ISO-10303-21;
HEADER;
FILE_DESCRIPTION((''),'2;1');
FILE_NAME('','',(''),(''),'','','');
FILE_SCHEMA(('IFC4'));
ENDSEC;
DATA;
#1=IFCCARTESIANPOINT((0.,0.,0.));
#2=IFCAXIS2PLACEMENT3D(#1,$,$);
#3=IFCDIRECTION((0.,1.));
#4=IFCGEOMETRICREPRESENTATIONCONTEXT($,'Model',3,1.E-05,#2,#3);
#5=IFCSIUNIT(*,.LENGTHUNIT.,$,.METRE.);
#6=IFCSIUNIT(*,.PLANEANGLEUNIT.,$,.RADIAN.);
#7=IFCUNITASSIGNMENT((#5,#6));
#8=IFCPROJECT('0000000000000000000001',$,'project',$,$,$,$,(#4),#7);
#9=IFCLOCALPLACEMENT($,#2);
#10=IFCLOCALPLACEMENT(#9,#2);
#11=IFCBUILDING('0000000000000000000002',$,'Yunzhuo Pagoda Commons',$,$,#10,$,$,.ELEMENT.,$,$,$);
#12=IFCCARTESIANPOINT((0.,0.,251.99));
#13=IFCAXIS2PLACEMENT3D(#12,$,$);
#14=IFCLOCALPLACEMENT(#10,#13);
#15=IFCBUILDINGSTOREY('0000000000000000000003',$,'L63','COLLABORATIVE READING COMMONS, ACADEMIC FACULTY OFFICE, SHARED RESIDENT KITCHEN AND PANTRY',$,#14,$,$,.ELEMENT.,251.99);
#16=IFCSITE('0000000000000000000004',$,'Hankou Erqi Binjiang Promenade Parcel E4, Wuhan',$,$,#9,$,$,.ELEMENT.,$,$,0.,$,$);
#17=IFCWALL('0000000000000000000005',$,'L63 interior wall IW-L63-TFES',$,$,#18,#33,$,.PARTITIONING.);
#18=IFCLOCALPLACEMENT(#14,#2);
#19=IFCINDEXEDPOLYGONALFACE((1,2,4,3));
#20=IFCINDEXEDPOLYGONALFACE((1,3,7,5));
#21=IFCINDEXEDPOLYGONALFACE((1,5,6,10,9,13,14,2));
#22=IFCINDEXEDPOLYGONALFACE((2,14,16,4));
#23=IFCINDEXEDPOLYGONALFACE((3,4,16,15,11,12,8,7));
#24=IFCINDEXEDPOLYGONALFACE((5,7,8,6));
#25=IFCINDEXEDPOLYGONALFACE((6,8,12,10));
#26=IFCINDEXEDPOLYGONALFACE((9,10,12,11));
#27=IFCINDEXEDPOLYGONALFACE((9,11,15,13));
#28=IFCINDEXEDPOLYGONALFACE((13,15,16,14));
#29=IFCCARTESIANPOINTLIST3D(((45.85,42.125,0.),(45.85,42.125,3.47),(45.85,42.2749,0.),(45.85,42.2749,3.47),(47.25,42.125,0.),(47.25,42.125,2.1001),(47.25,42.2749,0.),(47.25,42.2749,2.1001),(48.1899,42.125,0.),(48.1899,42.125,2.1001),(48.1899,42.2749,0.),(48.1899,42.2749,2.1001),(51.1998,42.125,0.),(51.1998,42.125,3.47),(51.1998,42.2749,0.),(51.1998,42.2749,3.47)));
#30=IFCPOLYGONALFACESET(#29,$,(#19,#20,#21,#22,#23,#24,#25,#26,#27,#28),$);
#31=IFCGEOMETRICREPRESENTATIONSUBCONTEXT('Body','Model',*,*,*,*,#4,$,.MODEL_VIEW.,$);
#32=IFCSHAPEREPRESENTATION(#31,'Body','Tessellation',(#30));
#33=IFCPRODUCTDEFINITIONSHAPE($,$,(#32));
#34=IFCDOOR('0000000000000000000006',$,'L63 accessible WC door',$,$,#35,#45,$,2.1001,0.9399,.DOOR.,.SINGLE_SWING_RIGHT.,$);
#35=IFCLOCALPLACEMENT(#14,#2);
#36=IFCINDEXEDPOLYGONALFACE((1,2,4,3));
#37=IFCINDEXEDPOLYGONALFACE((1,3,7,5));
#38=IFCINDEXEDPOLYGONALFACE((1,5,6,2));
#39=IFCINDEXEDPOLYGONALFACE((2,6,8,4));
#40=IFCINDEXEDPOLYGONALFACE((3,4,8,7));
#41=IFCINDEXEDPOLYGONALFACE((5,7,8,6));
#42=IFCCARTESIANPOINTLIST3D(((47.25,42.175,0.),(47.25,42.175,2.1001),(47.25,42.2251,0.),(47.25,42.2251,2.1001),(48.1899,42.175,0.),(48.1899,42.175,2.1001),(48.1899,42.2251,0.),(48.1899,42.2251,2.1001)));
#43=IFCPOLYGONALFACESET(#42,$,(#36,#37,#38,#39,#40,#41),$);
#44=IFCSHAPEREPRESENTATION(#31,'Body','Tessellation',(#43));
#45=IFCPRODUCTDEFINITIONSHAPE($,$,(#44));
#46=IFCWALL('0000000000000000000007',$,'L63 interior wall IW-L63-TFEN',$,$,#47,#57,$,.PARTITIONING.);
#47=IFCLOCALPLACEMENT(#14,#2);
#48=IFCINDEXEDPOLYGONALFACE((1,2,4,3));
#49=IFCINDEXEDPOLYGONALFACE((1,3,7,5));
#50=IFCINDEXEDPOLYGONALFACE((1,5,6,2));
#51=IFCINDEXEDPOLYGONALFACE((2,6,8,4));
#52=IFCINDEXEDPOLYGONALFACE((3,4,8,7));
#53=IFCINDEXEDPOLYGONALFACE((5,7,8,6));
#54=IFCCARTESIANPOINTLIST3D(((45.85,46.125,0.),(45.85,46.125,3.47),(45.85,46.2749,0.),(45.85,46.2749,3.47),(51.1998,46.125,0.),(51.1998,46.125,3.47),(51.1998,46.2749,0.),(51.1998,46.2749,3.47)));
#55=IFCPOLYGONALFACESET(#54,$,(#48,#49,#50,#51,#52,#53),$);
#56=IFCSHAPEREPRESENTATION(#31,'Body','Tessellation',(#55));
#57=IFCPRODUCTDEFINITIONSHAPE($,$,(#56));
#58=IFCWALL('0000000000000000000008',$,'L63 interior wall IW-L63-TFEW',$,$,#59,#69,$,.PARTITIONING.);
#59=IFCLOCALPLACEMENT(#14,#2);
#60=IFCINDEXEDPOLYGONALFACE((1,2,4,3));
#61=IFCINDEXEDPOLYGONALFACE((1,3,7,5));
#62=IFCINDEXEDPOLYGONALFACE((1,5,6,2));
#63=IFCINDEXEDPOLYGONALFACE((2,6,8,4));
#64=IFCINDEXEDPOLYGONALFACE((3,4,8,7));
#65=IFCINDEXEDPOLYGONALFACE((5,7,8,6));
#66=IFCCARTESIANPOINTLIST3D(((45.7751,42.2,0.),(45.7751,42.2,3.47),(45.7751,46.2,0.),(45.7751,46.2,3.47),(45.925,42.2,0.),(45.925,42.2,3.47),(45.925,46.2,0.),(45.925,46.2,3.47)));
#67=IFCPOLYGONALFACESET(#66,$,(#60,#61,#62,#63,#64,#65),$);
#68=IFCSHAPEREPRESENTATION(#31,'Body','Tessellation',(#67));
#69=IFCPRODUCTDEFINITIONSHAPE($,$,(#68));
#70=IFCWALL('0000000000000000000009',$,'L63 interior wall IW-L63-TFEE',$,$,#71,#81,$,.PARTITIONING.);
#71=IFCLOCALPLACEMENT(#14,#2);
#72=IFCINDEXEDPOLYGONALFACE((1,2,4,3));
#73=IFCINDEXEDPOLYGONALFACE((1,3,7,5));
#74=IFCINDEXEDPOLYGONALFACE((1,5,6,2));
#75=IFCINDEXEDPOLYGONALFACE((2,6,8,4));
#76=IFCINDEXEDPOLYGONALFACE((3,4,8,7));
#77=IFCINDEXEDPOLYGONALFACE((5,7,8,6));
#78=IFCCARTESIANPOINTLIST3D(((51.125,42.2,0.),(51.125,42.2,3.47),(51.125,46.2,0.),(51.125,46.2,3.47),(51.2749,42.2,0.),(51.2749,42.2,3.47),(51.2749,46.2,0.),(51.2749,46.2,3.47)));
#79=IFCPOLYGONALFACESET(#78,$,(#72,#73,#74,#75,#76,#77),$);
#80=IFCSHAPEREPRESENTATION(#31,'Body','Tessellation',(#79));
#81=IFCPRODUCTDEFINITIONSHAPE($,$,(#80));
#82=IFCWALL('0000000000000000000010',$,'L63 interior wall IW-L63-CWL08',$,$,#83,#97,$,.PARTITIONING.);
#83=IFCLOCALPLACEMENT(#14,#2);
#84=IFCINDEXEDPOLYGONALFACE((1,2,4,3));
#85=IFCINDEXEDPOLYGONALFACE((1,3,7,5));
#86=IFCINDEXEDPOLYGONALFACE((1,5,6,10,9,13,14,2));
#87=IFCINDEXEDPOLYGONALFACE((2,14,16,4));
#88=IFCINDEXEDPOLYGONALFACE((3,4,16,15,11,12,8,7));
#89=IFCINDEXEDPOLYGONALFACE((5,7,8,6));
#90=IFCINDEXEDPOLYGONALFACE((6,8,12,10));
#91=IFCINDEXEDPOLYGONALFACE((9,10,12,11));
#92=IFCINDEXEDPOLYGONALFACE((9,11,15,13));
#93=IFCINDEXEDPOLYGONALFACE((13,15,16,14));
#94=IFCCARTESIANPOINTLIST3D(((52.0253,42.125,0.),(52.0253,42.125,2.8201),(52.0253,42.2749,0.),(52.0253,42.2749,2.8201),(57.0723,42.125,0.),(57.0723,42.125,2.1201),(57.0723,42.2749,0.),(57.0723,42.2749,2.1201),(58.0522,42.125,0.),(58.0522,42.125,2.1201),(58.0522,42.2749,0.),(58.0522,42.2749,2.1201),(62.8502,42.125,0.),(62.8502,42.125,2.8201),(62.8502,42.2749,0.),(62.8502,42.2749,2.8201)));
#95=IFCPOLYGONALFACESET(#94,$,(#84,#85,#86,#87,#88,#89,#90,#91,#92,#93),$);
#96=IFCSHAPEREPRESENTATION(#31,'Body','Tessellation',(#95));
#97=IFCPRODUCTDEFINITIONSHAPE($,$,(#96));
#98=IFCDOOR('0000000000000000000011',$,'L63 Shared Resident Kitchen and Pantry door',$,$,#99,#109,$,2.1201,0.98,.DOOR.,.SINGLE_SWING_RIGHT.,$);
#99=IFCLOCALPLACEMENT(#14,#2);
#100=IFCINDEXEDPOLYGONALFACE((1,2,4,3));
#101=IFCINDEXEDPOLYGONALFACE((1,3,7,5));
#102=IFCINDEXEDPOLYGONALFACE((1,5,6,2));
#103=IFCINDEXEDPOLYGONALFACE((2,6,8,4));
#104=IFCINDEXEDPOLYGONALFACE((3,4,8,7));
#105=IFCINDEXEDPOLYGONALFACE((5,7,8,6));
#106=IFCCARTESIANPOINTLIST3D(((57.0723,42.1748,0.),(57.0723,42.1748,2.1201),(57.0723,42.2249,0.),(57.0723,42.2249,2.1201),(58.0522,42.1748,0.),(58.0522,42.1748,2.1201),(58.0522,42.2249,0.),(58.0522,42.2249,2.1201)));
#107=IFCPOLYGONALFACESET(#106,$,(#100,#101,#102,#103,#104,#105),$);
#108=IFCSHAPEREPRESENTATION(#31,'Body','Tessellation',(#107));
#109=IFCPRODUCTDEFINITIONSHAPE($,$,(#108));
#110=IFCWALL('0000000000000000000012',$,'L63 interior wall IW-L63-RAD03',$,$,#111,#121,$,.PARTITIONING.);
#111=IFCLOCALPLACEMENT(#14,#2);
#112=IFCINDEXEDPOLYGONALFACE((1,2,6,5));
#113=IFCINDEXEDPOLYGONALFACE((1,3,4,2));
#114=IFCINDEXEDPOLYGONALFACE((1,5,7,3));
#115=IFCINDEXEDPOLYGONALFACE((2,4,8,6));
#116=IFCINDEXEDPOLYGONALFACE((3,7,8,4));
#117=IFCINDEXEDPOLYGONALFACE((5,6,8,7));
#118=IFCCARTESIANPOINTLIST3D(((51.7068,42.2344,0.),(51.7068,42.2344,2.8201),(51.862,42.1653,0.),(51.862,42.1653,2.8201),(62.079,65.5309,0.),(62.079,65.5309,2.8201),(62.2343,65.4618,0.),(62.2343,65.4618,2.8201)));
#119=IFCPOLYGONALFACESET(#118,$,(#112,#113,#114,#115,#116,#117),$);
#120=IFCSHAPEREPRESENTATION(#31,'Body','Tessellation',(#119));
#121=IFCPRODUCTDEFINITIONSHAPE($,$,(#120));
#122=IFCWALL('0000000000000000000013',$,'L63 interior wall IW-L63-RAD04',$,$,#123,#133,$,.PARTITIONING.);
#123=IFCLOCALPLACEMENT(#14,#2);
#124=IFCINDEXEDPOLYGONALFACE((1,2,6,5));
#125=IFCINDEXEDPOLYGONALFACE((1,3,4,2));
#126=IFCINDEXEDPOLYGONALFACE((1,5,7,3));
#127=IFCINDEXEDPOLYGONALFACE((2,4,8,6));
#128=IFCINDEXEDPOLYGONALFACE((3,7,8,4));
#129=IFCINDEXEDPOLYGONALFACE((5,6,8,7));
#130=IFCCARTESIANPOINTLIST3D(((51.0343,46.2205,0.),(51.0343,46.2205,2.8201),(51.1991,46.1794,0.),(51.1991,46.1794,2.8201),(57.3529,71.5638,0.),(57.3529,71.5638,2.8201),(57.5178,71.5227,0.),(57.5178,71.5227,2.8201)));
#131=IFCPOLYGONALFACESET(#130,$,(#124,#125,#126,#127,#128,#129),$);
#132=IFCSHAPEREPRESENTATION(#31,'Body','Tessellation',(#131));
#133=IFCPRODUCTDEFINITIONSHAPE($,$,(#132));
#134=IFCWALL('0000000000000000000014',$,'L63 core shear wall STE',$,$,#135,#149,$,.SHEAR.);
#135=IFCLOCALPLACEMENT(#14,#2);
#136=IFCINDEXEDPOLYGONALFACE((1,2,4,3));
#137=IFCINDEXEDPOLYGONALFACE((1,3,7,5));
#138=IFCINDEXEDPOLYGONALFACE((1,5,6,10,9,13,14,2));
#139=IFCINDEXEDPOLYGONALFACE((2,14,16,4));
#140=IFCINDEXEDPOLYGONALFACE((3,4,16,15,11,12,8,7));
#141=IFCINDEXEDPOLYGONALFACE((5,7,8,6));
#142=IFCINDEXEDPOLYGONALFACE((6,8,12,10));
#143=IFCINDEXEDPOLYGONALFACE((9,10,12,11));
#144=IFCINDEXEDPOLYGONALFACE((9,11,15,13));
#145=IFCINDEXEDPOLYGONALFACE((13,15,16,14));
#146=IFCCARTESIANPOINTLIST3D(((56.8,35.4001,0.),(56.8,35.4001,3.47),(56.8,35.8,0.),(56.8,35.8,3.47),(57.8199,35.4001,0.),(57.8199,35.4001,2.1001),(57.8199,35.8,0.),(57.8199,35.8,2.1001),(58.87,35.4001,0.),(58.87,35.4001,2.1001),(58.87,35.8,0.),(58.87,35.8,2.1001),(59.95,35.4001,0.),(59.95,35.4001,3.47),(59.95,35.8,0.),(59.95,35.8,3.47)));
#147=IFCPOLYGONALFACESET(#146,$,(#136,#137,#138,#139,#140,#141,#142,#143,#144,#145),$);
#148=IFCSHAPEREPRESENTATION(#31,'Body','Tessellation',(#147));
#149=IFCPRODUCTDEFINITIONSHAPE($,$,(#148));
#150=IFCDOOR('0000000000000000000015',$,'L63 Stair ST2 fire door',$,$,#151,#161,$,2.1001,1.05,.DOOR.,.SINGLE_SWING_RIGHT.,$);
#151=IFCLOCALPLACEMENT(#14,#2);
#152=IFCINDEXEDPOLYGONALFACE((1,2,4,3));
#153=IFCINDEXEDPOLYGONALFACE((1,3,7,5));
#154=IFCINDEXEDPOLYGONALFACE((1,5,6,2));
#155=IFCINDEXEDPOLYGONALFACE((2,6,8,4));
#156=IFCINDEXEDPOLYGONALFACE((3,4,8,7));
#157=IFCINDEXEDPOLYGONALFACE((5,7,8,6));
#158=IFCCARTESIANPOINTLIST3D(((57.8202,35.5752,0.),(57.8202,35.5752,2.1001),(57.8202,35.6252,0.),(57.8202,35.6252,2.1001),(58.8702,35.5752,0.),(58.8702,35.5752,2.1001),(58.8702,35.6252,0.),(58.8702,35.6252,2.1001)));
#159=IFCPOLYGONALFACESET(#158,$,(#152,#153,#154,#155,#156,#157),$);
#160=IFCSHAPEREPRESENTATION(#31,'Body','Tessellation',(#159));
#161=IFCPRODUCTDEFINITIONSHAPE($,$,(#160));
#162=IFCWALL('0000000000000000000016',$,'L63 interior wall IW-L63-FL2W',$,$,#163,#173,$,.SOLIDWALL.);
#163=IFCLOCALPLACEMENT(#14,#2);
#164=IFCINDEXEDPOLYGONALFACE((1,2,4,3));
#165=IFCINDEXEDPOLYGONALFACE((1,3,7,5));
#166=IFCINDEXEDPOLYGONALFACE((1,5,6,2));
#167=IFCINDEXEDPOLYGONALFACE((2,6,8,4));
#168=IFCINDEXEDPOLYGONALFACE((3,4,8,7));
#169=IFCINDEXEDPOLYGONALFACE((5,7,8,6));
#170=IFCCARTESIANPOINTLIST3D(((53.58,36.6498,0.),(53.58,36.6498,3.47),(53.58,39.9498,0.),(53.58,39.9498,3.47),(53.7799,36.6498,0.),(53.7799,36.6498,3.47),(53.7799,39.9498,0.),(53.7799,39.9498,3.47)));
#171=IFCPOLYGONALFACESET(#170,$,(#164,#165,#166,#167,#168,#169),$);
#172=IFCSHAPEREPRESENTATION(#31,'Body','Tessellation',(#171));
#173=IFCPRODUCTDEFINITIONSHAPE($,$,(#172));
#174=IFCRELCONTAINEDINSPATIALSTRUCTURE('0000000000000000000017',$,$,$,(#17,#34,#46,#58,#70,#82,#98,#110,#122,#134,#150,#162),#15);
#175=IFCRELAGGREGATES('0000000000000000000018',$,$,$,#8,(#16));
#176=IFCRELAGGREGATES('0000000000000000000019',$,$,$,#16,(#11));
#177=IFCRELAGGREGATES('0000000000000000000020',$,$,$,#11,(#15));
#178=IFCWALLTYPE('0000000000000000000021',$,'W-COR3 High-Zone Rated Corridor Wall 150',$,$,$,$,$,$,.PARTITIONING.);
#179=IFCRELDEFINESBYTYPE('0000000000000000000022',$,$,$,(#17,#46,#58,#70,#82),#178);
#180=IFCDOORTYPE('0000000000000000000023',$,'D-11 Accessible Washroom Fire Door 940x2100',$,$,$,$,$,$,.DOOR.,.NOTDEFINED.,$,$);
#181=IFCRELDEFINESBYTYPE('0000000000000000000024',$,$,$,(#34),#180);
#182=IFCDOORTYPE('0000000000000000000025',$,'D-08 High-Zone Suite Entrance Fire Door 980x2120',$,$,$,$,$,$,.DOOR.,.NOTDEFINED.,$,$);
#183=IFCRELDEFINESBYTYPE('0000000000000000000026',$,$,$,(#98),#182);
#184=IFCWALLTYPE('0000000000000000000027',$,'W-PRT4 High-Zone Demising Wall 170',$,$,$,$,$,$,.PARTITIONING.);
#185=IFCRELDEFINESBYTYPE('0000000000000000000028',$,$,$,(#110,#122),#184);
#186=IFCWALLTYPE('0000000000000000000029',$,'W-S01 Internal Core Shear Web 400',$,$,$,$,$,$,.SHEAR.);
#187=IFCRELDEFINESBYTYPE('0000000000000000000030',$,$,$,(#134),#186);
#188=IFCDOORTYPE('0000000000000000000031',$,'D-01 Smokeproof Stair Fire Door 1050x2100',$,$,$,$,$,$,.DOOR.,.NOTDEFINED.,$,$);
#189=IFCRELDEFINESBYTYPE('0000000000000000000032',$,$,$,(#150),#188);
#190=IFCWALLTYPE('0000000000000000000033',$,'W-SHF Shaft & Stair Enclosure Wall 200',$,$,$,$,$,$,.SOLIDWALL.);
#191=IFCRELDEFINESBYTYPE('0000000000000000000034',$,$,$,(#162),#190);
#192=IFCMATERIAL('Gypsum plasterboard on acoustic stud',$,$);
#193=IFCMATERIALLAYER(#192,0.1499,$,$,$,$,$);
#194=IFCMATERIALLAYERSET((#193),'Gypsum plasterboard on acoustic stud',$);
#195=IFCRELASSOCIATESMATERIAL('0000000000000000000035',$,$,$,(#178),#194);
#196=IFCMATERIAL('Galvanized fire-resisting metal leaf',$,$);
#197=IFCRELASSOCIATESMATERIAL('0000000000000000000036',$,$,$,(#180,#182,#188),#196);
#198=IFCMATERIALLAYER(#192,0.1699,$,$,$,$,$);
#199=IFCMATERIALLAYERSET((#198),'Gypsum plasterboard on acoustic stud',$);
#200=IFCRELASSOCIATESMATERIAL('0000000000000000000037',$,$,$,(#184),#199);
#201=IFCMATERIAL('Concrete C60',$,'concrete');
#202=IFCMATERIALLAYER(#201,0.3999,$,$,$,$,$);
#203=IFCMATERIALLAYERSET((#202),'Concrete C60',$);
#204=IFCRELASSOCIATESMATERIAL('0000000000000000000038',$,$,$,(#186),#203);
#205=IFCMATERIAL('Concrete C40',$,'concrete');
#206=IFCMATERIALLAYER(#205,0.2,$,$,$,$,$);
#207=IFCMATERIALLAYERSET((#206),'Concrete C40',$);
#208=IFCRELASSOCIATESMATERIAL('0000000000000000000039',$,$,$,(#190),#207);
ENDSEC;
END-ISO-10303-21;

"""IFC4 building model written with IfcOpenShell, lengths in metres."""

from ifc_helpers import new_model, si_unit, direction, frame, frame_2d, origin, origin_with_axes, place, context, subcontext, project, spatial, rectangle, extrude, source, transform, mapped, material, layer, layer_set, type_object, element, fill, save


model = new_model("IFC4")

# Units and contexts
model_context = context("Model", 3, precision=1e-05, world=origin(), true_north=direction((0.0, 1.0)))
body_context = subcontext(model_context, "Body", "Model", "MODEL_VIEW")
ifc_project = project(units=[si_unit("LENGTHUNIT", "METRE"), si_unit("PLANEANGLEUNIT", "RADIAN")], contexts=[model_context])

# Site, building, storey
site_placement = place(None, origin())
site = spatial("IfcSite", under=ifc_project, at=site_placement, Name="Hankou Erqi Binjiang Promenade Parcel E4, Wuhan", CompositionType="ELEMENT", RefElevation=0.0)
building_placement = place(site_placement, origin())
building = spatial("IfcBuilding", under=site, at=building_placement, Name="Yunzhuo Pagoda Commons", CompositionType="ELEMENT")
storey_placement = place(building_placement, frame((0.0, 0.0, 251.99)))
storey = spatial("IfcBuildingStorey", under=building, at=storey_placement, Name="L63", Description="COLLABORATIVE READING COMMONS, ACADEMIC FACULTY OFFICE, SHARED RESIDENT KITCHEN AND PANTRY", CompositionType="ELEMENT", Elevation=251.99)

# Wall, opening, door
ifc_material_1 = material(Name="Galvanized fire-resisting metal leaf")
shared_shape_1 = source(origin(), body_context, "Body", "SweptSolid", [
    extrude(rectangle(XDim=1.05, YDim=2.1001, at=frame_2d((0.5249, 1.05))), frame((0.0, 0.0249, 0.0), z_axis=(0.0, -1.0, 0.0), x_axis=(1.0, 0.0, 0.0)), (0.0, 0.0, 1.0), 0.05),
])
ifc_material_2 = material(Name="Gypsum plasterboard on acoustic stud")
ifc_layer_1 = layer(ifc_material_2, 0.1499)
ifc_layer_set_1 = layer_set([ifc_layer_1], Name="Gypsum plasterboard on acoustic stud")
wall_type_1 = type_object("IfcWallType", Name="W-COR3 High-Zone Rated Corridor Wall 150", PredefinedType="PARTITIONING", material=ifc_layer_set_1)
wall_1_placement = place(storey_placement, frame((45.8501, 42.2, 0.0), z_axis=(0.0, 0.0, 1.0), x_axis=(1.0, 0.0, 0.0)))
wall_1 = element("IfcWall", 1, at=wall_1_placement, inside=storey, type_object=wall_type_1, Name="L63 interior wall IW-L63-TFES", PredefinedType="PARTITIONING", context=body_context, shape_type="SweptSolid", body=[
    extrude(rectangle(XDim=5.3499, YDim=0.1499, at=frame_2d((2.6748, 0.0))), origin(), (0.0, 0.0, 1.0), 3.47),
])
opening_1_placement = place(wall_1_placement, frame((1.3999, 0.0, 0.0)))
opening_1 = element("IfcOpeningElement", 2, at=opening_1_placement, cuts=wall_1, PredefinedType="OPENING", context=body_context, shape_type="SweptSolid", body=[
    extrude(rectangle(XDim=0.9399, YDim=2.1001, at=frame_2d((0.47, 1.05))), frame((0.0, 0.085, 0.0), z_axis=(0.0, -1.0, 0.0), x_axis=(1.0, 0.0, 0.0)), (0.0, 0.0, 1.0), 0.1699),
])
door_type_1 = type_object("IfcDoorType", Name="D-11 Accessible Washroom Fire Door 940x2100", OperationType="NOTDEFINED", PredefinedType="DOOR", material=ifc_material_1)
shared_shape_2 = source(origin(), body_context, "Body", "SweptSolid", [
    extrude(rectangle(XDim=0.9399, YDim=2.1001, at=frame_2d((0.47, 1.05))), frame((0.0, 0.0249, 0.0), z_axis=(0.0, -1.0, 0.0), x_axis=(1.0, 0.0, 0.0)), (0.0, 0.0, 1.0), 0.05),
])
door_1_placement = place(opening_1_placement, frame((0.9399, 0.0, 0.0), z_axis=(0.0, 0.0, 1.0), x_axis=(-1.0, 0.0, 0.0)))
door_1 = element("IfcDoor", 3, at=door_1_placement, inside=storey, type_object=door_type_1, Name="L63 accessible WC door", OperationType="SINGLE_SWING_RIGHT", OverallHeight=2.1001, OverallWidth=0.9399, PredefinedType="DOOR", context=body_context, shape_type="MappedRepresentation", body=[
    mapped(shared_shape_2, transform((0.0, 0.0, 0.0), scale=1.0)),
])
fill(opening_1, door_1)

# Walls
wall_2_placement = place(storey_placement, frame((45.8501, 46.2, 0.0), z_axis=(0.0, 0.0, 1.0), x_axis=(1.0, 0.0, 0.0)))
element("IfcWall", 4, at=wall_2_placement, inside=storey, type_object=wall_type_1, Name="L63 interior wall IW-L63-TFEN", PredefinedType="PARTITIONING", context=body_context, shape_type="SweptSolid", body=[
    extrude(rectangle(XDim=5.3499, YDim=0.1499, at=frame_2d((2.6748, 0.0))), origin(), (0.0, 0.0, 1.0), 3.47),
])
for number, where, z_axis, x_axis, name in (
    (5, (45.8501, 42.2, 0.0), (0.0, 0.0, 1.0), (0.0, 1.0, 0.0), "L63 interior wall IW-L63-TFEW"),
    (6, (51.2, 42.2, 0.0), (0.0, 0.0, 1.0), (0.0, 1.0, 0.0), "L63 interior wall IW-L63-TFEE"),
):
    element("IfcWall", number, at=place(storey_placement, frame(where, z_axis=z_axis, x_axis=x_axis)), inside=storey, type_object=wall_type_1, Name=name, PredefinedType="PARTITIONING", context=body_context, shape_type="SweptSolid", body=[
        extrude(rectangle(XDim=4.0, YDim=0.1499, at=frame_2d((2.0, 0.0))), origin(), (0.0, 0.0, 1.0), 3.47),
    ])

# Wall, opening, door
wall_3_placement = place(storey_placement, frame((52.0251, 42.2, 0.0), z_axis=(0.0, 0.0, 1.0), x_axis=(1.0, 0.0, 0.0)))
wall_3 = element("IfcWall", 7, at=wall_3_placement, inside=storey, type_object=wall_type_1, Name="L63 interior wall IW-L63-CWL08", PredefinedType="PARTITIONING", context=body_context, shape_type="SweptSolid", body=[
    extrude(rectangle(XDim=10.825, YDim=0.1499, at=frame_2d((5.4126, 0.0))), origin(), (0.0, 0.0, 1.0), 2.8201),
])
opening_2_placement = place(wall_3_placement, frame((5.0471, 0.0, 0.0)))
opening_2 = element("IfcOpeningElement", 8, at=opening_2_placement, cuts=wall_3, PredefinedType="OPENING", context=body_context, shape_type="SweptSolid", body=[
    extrude(rectangle(XDim=0.98, YDim=2.1201, at=frame_2d((0.49, 1.0601))), frame((0.0, 0.085, 0.0), z_axis=(0.0, -1.0, 0.0), x_axis=(1.0, 0.0, 0.0)), (0.0, 0.0, 1.0), 0.1699),
])
door_type_2 = type_object("IfcDoorType", Name="D-08 High-Zone Suite Entrance Fire Door 980x2120", OperationType="NOTDEFINED", PredefinedType="DOOR", material=ifc_material_1)
shared_shape_3 = source(origin(), body_context, "Body", "SweptSolid", [
    extrude(rectangle(XDim=0.98, YDim=2.1201, at=frame_2d((0.49, 1.0601))), frame((0.0, 0.0249, 0.0), z_axis=(0.0, -1.0, 0.0), x_axis=(1.0, 0.0, 0.0)), (0.0, 0.0, 1.0), 0.05),
])
door_2_placement = place(opening_2_placement, origin_with_axes())
door_2 = element("IfcDoor", 9, at=door_2_placement, inside=storey, type_object=door_type_2, Name="L63 Shared Resident Kitchen and Pantry door", OperationType="SINGLE_SWING_RIGHT", OverallHeight=2.1201, OverallWidth=0.98, PredefinedType="DOOR", context=body_context, shape_type="MappedRepresentation", body=[
    mapped(shared_shape_3, transform((0.0, 0.0, 0.0), scale=1.0)),
])
fill(opening_2, door_2)

# Walls
ifc_layer_2 = layer(ifc_material_2, 0.1699)
ifc_layer_set_2 = layer_set([ifc_layer_2], Name="Gypsum plasterboard on acoustic stud")
wall_type_2 = type_object("IfcWallType", Name="W-PRT4 High-Zone Demising Wall 170", PredefinedType="PARTITIONING", material=ifc_layer_set_2)
wall_4_placement = place(storey_placement, frame((51.7844, 42.2, 0.0), z_axis=(0.0, 0.0, 1.0), x_axis=(0.406736, 0.913546, 0.0)))
element("IfcWall", 10, at=wall_4_placement, inside=storey, type_object=wall_type_2, Name="L63 interior wall IW-L63-RAD03", PredefinedType="PARTITIONING", context=body_context, shape_type="SweptSolid", body=[
    extrude(rectangle(XDim=25.5012, YDim=0.1699, at=frame_2d((12.7505, 0.0))), origin(), (0.0, 0.0, 1.0), 2.8201),
])
wall_5_placement = place(storey_placement, frame((51.1167, 46.2, 0.0), z_axis=(0.0, 0.0, 1.0), x_axis=(0.241915, 0.970297, 0.0)))
element("IfcWall", 11, at=wall_5_placement, inside=storey, type_object=wall_type_2, Name="L63 interior wall IW-L63-RAD04", PredefinedType="PARTITIONING", context=body_context, shape_type="SweptSolid", body=[
    extrude(rectangle(XDim=26.1191, YDim=0.1699, at=frame_2d((13.0596, 0.0))), origin(), (0.0, 0.0, 1.0), 2.8201),
])

# Wall, opening, door
ifc_material_3 = material(Name="Concrete C60", Category="concrete")
ifc_layer_3 = layer(ifc_material_3, 0.3999)
ifc_layer_set_3 = layer_set([ifc_layer_3], Name="Concrete C60")
wall_type_3 = type_object("IfcWallType", Name="W-S01 Internal Core Shear Web 400", PredefinedType="SHEAR", material=ifc_layer_set_3)
wall_6_placement = place(storey_placement, frame((56.8, 35.6001, 0.0), z_axis=(0.0, 0.0, 1.0), x_axis=(1.0, 0.0, 0.0)))
wall_6 = element("IfcWall", 12, at=wall_6_placement, inside=storey, type_object=wall_type_3, Name="L63 core shear wall STE", PredefinedType="SHEAR", context=body_context, shape_type="SweptSolid", body=[
    extrude(rectangle(XDim=3.1499, YDim=0.3999, at=frame_2d((1.575, 0.0))), origin(), (0.0, 0.0, 1.0), 3.47),
])
opening_3_placement = place(wall_6_placement, frame((1.02, 0.0, 0.0)))
opening_3 = element("IfcOpeningElement", 13, at=opening_3_placement, cuts=wall_6, PredefinedType="OPENING", context=body_context, shape_type="SweptSolid", body=[
    extrude(rectangle(XDim=1.05, YDim=2.1001, at=frame_2d((0.5249, 1.05))), frame((0.0, 0.21, 0.0), z_axis=(0.0, -1.0, 0.0), x_axis=(1.0, 0.0, 0.0)), (0.0, 0.0, 1.0), 0.4199),
])
door_type_3 = type_object("IfcDoorType", Name="D-01 Smokeproof Stair Fire Door 1050x2100", OperationType="NOTDEFINED", PredefinedType="DOOR", material=ifc_material_1)
door_3_placement = place(opening_3_placement, frame((1.05, 0.0, 0.0), z_axis=(0.0, 0.0, 1.0), x_axis=(-1.0, 0.0, 0.0)))
door_3 = element("IfcDoor", 14, at=door_3_placement, inside=storey, type_object=door_type_3, Name="L63 Stair ST2 fire door", OperationType="SINGLE_SWING_RIGHT", OverallHeight=2.1001, OverallWidth=1.05, PredefinedType="DOOR", context=body_context, shape_type="MappedRepresentation", body=[
    mapped(shared_shape_1, transform((0.0, 0.0, 0.0), scale=1.0)),
])
fill(opening_3, door_3)

# Wall
ifc_material_4 = material(Name="Concrete C40", Category="concrete")
ifc_layer_4 = layer(ifc_material_4, 0.2)
ifc_layer_set_4 = layer_set([ifc_layer_4], Name="Concrete C40")
wall_type_4 = type_object("IfcWallType", Name="W-SHF Shaft & Stair Enclosure Wall 200", PredefinedType="SOLIDWALL", material=ifc_layer_set_4)
wall_7_placement = place(storey_placement, frame((53.6799, 36.6499, 0.0), z_axis=(0.0, 0.0, 1.0), x_axis=(0.0, 1.0, 0.0)))
element("IfcWall", 15, at=wall_7_placement, inside=storey, type_object=wall_type_4, Name="L63 interior wall IW-L63-FL2W", PredefinedType="SOLIDWALL", context=body_context, shape_type="SweptSolid", body=[
    extrude(rectangle(XDim=3.3, YDim=0.2, at=frame_2d((1.6499, 0.0))), origin(), (0.0, 0.0, 1.0), 3.47),
])

save(model, "model.ifc")
